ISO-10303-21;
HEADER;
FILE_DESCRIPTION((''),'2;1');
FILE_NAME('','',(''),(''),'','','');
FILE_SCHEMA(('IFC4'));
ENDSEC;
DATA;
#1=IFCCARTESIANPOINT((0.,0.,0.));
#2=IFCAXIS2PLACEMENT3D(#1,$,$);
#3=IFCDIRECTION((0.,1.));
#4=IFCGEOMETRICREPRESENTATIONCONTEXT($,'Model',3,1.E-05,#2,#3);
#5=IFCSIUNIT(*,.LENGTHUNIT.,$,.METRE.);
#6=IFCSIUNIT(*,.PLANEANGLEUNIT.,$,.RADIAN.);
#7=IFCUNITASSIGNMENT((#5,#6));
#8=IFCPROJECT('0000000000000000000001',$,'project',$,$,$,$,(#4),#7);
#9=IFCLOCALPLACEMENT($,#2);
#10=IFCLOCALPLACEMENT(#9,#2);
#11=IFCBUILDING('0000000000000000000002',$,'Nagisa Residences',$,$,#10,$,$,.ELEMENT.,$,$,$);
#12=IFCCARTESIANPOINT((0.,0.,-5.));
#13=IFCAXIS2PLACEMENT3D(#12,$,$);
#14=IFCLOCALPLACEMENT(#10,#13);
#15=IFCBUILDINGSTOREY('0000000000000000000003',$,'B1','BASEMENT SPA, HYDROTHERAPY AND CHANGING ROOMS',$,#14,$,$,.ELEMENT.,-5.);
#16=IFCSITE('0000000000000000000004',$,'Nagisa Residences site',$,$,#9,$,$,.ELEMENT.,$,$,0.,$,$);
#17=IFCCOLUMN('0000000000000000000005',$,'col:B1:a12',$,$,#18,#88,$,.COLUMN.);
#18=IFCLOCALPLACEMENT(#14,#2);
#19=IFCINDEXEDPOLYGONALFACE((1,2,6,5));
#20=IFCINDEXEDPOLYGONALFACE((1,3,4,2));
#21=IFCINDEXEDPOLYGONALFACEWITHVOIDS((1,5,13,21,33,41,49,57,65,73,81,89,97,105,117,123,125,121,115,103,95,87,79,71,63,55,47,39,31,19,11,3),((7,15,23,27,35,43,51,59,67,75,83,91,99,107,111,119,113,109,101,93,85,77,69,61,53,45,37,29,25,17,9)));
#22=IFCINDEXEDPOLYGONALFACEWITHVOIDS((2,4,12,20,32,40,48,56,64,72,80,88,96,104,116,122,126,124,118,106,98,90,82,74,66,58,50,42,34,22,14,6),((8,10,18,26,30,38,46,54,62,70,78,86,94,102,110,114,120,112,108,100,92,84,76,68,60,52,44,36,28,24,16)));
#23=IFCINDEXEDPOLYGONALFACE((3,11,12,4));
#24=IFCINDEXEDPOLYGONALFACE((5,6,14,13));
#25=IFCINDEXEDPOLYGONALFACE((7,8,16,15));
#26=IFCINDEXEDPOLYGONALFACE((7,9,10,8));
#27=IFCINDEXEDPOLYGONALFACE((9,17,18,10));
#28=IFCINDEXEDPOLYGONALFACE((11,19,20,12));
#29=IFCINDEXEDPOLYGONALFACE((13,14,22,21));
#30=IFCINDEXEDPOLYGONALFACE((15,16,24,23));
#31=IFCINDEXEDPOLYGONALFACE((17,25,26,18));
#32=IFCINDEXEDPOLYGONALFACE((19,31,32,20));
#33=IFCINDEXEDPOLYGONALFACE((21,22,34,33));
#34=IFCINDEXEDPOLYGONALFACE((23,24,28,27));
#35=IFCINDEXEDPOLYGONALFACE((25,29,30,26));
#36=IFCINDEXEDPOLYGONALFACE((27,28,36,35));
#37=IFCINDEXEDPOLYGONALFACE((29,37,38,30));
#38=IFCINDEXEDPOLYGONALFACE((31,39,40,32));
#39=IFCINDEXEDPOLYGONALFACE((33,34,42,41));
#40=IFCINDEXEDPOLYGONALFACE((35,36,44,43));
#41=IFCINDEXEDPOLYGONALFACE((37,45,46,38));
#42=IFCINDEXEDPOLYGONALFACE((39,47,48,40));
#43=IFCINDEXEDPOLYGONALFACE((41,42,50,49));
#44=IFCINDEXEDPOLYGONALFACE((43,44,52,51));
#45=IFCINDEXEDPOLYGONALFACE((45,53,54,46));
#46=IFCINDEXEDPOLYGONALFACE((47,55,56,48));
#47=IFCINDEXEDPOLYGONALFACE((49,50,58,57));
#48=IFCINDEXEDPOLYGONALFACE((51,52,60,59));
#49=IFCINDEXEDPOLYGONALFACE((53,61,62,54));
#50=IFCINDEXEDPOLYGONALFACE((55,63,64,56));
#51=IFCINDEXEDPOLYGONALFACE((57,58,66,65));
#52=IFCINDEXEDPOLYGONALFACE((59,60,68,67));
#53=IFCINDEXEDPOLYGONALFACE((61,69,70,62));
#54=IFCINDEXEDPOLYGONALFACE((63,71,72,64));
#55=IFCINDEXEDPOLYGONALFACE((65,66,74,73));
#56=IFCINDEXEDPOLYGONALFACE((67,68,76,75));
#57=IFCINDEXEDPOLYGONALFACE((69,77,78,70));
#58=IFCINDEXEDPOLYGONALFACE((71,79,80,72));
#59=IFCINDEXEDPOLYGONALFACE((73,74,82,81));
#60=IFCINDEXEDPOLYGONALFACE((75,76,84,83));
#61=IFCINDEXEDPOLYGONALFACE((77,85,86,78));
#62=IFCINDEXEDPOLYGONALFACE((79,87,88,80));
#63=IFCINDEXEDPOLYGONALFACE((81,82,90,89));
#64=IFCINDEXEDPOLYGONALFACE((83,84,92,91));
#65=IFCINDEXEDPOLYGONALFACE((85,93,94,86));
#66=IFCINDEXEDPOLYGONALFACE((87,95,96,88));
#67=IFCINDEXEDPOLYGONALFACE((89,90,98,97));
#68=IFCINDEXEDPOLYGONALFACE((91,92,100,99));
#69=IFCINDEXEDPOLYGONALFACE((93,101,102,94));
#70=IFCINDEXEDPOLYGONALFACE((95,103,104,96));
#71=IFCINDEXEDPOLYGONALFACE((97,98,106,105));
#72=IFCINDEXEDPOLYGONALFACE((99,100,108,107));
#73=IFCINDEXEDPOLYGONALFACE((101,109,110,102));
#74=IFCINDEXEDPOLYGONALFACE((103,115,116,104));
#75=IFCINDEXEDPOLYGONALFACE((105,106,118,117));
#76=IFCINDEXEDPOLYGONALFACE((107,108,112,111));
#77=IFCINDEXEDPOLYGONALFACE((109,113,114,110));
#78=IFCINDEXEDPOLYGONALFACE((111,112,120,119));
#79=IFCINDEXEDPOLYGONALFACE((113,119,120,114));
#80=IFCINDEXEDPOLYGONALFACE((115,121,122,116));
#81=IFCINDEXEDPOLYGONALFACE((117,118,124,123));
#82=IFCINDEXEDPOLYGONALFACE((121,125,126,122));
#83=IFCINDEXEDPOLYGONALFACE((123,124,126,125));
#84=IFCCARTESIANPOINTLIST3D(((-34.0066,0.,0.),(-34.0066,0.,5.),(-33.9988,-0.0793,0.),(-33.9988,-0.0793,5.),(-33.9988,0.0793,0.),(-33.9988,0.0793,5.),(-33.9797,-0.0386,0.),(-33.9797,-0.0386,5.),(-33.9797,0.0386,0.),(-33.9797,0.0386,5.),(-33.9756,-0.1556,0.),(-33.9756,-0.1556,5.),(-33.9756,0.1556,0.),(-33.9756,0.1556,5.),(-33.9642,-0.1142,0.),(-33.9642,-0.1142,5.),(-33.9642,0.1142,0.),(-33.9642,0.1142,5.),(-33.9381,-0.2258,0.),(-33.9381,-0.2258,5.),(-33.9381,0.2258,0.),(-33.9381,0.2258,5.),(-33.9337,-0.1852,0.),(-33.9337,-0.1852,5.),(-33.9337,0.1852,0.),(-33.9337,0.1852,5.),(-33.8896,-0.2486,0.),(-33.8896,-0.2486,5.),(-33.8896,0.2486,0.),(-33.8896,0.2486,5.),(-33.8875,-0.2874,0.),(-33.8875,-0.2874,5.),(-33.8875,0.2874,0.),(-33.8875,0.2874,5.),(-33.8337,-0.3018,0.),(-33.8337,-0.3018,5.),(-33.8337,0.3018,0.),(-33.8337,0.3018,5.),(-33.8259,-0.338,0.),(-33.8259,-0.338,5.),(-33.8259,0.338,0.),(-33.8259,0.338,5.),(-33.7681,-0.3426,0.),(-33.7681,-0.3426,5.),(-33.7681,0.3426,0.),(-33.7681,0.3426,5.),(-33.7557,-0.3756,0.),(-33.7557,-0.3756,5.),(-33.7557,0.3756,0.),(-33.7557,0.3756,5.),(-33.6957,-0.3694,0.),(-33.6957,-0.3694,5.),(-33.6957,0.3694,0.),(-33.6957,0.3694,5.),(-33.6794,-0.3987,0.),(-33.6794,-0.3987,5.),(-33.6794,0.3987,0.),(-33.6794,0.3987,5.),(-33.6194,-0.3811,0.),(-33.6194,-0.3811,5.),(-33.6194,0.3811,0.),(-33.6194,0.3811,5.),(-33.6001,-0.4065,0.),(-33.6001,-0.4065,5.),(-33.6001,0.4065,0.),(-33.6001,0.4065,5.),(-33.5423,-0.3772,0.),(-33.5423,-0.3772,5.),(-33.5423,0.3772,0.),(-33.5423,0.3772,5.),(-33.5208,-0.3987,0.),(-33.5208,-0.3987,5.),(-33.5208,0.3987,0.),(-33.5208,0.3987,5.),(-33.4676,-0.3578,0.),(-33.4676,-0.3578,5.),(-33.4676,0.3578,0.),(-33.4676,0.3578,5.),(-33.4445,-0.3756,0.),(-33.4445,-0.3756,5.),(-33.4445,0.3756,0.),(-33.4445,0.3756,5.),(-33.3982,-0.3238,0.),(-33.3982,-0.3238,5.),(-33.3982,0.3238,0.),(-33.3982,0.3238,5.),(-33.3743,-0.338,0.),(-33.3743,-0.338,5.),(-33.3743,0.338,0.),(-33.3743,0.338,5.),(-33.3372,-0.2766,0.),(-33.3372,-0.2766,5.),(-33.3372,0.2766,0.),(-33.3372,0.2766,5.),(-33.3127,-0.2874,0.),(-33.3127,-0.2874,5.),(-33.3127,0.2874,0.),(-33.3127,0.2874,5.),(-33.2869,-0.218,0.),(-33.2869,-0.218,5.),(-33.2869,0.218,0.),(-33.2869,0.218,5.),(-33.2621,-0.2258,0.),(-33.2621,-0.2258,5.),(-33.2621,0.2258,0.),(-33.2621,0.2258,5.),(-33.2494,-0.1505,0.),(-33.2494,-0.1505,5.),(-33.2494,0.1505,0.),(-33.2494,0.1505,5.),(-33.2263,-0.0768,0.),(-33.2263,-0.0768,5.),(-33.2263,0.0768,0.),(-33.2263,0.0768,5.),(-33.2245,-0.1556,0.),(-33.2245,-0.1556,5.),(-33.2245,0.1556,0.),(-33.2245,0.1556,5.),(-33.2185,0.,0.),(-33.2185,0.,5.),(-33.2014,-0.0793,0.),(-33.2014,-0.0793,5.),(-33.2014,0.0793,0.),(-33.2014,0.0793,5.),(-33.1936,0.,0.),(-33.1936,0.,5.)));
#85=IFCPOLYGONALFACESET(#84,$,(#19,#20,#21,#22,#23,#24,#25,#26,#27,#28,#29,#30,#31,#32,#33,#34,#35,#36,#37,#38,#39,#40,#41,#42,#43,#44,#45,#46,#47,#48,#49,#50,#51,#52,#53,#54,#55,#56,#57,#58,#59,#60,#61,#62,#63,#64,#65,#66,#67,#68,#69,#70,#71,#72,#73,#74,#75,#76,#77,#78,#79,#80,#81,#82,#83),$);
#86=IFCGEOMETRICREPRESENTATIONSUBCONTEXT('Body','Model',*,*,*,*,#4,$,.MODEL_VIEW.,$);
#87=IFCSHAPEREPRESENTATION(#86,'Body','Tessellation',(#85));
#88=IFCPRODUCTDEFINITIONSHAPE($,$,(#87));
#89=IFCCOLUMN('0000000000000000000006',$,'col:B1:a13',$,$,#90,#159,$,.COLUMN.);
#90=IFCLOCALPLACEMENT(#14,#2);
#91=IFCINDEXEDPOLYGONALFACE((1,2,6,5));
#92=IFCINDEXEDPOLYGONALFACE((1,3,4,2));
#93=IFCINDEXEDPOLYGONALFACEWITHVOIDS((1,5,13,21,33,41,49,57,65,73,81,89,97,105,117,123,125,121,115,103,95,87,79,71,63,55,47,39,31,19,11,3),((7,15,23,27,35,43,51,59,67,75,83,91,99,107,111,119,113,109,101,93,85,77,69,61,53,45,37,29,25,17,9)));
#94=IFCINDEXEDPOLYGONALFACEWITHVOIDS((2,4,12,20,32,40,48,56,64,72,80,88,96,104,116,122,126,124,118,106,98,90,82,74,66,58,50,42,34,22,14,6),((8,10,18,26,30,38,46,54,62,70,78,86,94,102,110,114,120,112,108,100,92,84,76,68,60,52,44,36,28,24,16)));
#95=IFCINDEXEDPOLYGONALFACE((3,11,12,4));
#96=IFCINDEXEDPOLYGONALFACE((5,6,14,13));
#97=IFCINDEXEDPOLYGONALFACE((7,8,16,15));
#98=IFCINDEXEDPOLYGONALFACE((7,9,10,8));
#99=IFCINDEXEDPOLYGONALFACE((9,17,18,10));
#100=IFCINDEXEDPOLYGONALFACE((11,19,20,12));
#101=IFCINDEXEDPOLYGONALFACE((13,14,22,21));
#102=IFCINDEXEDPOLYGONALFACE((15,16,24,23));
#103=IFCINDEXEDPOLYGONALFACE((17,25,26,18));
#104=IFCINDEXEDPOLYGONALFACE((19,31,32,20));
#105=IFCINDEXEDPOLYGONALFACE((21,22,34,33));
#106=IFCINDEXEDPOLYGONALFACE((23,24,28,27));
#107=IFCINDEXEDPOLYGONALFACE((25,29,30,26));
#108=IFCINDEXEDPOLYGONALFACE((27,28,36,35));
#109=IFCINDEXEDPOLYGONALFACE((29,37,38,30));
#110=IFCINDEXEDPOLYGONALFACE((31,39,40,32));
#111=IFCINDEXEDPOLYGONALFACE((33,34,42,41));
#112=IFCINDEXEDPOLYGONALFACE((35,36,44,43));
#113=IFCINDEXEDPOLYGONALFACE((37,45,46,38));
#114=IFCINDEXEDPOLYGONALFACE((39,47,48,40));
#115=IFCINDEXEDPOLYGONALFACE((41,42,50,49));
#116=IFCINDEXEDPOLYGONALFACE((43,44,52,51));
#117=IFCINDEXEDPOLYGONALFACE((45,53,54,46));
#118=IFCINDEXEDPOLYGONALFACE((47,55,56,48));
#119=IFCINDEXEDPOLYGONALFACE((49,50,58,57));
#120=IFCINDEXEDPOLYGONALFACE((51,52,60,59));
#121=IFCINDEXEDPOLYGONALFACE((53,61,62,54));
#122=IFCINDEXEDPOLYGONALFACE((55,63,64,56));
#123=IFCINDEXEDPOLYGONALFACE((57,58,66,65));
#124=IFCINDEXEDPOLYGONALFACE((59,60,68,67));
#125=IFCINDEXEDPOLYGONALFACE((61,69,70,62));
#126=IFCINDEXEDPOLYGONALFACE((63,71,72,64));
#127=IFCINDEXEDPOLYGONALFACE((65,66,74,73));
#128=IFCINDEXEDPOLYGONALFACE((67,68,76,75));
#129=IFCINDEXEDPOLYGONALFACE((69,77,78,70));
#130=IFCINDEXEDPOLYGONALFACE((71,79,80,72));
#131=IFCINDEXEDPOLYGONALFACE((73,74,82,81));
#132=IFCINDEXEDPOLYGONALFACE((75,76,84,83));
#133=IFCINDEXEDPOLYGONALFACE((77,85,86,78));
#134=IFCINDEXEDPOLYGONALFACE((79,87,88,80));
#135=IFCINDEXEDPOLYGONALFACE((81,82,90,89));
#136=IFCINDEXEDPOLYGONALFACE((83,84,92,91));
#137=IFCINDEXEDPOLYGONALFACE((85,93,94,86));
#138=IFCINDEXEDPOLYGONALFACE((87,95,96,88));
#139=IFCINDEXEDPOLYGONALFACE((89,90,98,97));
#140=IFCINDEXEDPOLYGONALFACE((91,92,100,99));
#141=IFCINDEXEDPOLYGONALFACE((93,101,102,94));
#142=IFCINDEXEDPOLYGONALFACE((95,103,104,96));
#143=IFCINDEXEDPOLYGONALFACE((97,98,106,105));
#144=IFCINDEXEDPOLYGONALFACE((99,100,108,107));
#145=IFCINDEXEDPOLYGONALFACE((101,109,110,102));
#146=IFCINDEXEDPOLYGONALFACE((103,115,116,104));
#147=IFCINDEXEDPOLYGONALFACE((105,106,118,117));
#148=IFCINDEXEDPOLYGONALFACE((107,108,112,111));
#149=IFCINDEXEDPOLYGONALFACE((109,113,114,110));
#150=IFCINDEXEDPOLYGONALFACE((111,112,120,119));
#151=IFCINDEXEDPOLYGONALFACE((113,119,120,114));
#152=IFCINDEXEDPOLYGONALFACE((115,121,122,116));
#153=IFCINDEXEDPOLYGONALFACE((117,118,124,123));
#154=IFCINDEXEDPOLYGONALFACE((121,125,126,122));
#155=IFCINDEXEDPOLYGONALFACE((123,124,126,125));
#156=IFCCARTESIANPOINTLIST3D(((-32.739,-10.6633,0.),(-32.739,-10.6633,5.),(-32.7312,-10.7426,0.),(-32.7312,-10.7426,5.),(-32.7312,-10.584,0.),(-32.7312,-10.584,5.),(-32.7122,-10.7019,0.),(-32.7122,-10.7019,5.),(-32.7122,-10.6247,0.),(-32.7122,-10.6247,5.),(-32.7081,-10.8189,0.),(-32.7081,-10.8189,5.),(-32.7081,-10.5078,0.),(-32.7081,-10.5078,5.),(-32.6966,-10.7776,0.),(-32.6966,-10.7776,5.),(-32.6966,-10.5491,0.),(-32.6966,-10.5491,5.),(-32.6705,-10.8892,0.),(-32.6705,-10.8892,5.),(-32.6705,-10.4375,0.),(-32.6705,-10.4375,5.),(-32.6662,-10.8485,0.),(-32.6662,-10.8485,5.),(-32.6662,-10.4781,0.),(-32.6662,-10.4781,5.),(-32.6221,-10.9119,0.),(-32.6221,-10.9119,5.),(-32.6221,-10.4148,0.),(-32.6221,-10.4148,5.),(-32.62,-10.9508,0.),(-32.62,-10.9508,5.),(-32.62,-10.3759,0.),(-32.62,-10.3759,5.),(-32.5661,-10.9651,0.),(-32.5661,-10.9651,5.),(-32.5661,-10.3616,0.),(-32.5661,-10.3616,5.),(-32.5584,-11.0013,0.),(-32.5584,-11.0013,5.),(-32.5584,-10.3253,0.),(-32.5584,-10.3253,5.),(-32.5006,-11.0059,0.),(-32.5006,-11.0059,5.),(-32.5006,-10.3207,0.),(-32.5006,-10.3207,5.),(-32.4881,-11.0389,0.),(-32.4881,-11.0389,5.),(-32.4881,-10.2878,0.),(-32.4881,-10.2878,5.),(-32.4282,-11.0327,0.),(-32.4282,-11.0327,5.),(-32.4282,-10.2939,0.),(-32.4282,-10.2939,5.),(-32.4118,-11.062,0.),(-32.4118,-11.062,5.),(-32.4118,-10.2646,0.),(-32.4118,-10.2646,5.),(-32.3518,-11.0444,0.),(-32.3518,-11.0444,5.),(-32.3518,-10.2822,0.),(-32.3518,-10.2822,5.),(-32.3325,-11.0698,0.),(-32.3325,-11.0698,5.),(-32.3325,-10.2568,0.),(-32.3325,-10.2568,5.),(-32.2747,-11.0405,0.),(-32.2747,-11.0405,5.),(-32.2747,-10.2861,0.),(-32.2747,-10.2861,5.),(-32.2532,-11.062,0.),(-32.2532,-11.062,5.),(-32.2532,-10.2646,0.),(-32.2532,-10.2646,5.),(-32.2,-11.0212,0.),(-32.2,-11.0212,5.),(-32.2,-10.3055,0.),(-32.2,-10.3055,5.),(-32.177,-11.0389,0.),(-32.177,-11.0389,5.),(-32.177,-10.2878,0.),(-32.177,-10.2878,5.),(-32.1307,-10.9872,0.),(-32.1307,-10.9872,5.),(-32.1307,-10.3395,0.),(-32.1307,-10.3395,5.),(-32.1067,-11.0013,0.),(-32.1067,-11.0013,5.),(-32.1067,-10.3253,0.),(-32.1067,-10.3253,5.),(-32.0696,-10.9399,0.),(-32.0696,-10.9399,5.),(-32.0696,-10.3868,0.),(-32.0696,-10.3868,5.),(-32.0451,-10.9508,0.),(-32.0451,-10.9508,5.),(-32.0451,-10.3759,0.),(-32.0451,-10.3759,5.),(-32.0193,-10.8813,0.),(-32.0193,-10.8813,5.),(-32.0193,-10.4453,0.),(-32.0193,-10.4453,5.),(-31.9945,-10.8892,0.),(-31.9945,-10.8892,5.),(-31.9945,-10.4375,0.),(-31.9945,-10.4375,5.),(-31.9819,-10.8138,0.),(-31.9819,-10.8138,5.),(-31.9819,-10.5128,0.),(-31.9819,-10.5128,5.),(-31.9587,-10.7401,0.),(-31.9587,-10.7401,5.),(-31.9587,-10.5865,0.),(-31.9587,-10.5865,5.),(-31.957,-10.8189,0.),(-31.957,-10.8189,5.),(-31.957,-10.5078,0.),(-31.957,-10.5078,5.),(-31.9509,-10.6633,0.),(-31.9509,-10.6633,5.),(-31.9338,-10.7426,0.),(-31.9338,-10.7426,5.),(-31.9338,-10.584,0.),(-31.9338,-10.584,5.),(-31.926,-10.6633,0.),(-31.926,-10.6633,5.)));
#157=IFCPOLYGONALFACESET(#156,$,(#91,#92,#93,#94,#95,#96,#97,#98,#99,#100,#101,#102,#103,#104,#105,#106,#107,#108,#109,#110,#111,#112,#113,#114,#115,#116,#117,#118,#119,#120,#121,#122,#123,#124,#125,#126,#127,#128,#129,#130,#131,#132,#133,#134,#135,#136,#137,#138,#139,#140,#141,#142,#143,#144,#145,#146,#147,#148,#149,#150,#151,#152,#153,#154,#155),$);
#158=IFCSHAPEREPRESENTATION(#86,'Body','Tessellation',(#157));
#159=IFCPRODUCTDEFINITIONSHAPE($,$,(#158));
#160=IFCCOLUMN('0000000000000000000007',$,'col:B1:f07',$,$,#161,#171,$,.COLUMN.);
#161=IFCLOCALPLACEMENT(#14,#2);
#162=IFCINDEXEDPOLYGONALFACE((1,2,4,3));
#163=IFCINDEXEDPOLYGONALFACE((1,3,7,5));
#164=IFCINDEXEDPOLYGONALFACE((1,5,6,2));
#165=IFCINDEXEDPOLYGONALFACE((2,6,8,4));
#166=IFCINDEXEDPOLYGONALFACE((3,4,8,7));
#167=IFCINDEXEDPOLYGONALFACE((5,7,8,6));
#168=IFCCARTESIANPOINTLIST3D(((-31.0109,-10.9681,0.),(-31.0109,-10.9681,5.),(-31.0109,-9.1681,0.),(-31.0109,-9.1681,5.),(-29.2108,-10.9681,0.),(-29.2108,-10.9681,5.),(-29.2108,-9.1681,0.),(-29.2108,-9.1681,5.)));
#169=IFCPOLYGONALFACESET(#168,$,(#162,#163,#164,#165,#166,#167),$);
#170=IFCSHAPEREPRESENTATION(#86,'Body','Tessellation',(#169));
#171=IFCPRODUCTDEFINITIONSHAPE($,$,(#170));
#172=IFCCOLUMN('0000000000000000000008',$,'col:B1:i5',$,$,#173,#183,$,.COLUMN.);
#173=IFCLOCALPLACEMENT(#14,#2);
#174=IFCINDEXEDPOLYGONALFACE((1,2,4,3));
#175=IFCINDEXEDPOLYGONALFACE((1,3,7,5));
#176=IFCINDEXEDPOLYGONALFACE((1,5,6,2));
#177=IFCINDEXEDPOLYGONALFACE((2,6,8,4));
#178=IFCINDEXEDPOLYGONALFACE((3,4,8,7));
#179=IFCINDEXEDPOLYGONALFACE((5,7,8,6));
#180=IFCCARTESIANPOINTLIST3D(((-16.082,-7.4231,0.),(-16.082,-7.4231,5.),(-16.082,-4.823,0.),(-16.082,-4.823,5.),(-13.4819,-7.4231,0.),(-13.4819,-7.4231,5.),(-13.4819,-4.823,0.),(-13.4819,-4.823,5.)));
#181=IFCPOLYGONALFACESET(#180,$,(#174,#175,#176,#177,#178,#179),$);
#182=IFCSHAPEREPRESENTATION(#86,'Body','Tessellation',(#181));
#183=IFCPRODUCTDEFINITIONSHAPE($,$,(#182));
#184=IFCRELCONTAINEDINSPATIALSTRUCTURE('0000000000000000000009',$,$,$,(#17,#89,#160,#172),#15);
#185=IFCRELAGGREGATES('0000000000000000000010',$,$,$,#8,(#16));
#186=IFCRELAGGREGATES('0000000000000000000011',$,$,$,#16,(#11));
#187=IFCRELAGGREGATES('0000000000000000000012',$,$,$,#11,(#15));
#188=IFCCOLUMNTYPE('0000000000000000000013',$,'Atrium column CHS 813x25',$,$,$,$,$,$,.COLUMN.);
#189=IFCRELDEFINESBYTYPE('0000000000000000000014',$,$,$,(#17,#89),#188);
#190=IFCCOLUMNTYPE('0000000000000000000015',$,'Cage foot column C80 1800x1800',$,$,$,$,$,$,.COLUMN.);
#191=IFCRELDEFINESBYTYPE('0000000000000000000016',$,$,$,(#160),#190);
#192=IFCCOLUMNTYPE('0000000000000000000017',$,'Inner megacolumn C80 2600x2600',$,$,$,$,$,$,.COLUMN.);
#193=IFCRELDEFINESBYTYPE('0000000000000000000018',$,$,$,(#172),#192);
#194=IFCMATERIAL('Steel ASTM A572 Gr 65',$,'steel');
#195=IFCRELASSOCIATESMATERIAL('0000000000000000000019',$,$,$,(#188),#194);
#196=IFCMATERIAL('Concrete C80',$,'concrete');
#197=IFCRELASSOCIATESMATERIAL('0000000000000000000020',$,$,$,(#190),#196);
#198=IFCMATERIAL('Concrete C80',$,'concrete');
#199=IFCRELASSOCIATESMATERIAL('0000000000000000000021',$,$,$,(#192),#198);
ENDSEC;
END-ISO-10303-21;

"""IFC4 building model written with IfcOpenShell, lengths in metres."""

from ifc_helpers import new_model, si_unit, direction, frame, origin, origin_2d, place, context, subcontext, project, spatial, rectangle, hollow_circle, extrude, material, material_profile, profile_set, type_object, element, save


model = new_model("IFC4")

# Units and contexts
model_context = context("Model", 3, precision=1e-05, world=origin(), true_north=direction((0.0, 1.0)))
body_context = subcontext(model_context, "Body", "Model", "MODEL_VIEW")
ifc_project = project(units=[si_unit("LENGTHUNIT", "METRE"), si_unit("PLANEANGLEUNIT", "RADIAN")], contexts=[model_context])

# Site, building, storey
site_placement = place(None, origin())
site = spatial("IfcSite", under=ifc_project, at=site_placement, Name="Nagisa Residences site", CompositionType="ELEMENT", RefElevation=0.0)
building_placement = place(site_placement, origin())
building = spatial("IfcBuilding", under=site, at=building_placement, Name="Nagisa Residences", CompositionType="ELEMENT")
storey_placement = place(building_placement, frame((0.0, 0.0, -5.0)))
storey = spatial("IfcBuildingStorey", under=building, at=storey_placement, Name="B1", Description="BASEMENT SPA, HYDROTHERAPY AND CHANGING ROOMS", CompositionType="ELEMENT", Elevation=-5.0)

# Columns
ifc_material_1 = material(Name="Steel ASTM A572 Gr 65", Category="steel")
ifc_material_profile_1 = material_profile(ifc_material_1, hollow_circle(Radius=0.4065, WallThickness=0.0249, at=origin_2d()), Name="CHS 813x25")
ifc_profile_set_1 = profile_set([ifc_material_profile_1], Name="Steel ASTM A572 Gr 65")
column_type_1 = type_object("IfcColumnType", Name="Atrium column CHS 813x25", PredefinedType="COLUMN", material=ifc_profile_set_1)
for number, where, z_axis, x_axis, name in (
    (1, (-33.6001, 0.0, 0.0), (0.0, 0.0, 1.0), (1.0, 0.0, 0.0), "col:B1:a12"),
    (2, (-32.3325, -10.6633, 0.0), (0.0, 0.0, 1.0), (1.0, 0.0, 0.0), "col:B1:a13"),
):
    element("IfcColumn", number, at=place(storey_placement, frame(where, z_axis=z_axis, x_axis=x_axis)), inside=storey, type_object=column_type_1, Name=name, PredefinedType="COLUMN", context=body_context, shape_type="SweptSolid", body=[
        extrude(hollow_circle(Radius=0.4065, WallThickness=0.0249, at=origin_2d()), origin(), (0.0, 0.0, 1.0), 5.0),
    ])
ifc_material_2 = material(Name="Concrete C80", Category="concrete")
ifc_material_profile_2 = material_profile(ifc_material_2, rectangle(XDim=1.8, YDim=1.8, at=origin_2d()), Name="C80 1800x1800")
ifc_profile_set_2 = profile_set([ifc_material_profile_2], Name="Concrete C80")
column_type_2 = type_object("IfcColumnType", Name="Cage foot column C80 1800x1800", PredefinedType="COLUMN", material=ifc_profile_set_2)
column_1_placement = place(storey_placement, frame((-30.1108, -10.0681, 0.0), z_axis=(0.0, 0.0, 1.0), x_axis=(1.0, 0.0, 0.0)))
element("IfcColumn", 3, at=column_1_placement, inside=storey, type_object=column_type_2, Name="col:B1:f07", PredefinedType="COLUMN", context=body_context, shape_type="SweptSolid", body=[
    extrude(rectangle(XDim=1.8, YDim=1.8, at=origin_2d()), origin(), (0.0, 0.0, 1.0), 5.0),
])
ifc_material_3 = material(Name="Concrete C80", Category="concrete")
ifc_material_profile_3 = material_profile(ifc_material_3, rectangle(XDim=2.6001, YDim=2.6001, at=origin_2d()), Name="C80 2600x2600")
ifc_profile_set_3 = profile_set([ifc_material_profile_3], Name="Concrete C80")
column_type_3 = type_object("IfcColumnType", Name="Inner megacolumn C80 2600x2600", PredefinedType="COLUMN", material=ifc_profile_set_3)
column_2_placement = place(storey_placement, frame((-14.782, -6.123, 0.0), z_axis=(0.0, 0.0, 1.0), x_axis=(1.0, 0.0, 0.0)))
element("IfcColumn", 4, at=column_2_placement, inside=storey, type_object=column_type_3, Name="col:B1:i5", PredefinedType="COLUMN", context=body_context, shape_type="SweptSolid", body=[
    extrude(rectangle(XDim=2.6001, YDim=2.6001, at=origin_2d()), origin(), (0.0, 0.0, 1.0), 5.0),
])

save(model, "model.ifc")
